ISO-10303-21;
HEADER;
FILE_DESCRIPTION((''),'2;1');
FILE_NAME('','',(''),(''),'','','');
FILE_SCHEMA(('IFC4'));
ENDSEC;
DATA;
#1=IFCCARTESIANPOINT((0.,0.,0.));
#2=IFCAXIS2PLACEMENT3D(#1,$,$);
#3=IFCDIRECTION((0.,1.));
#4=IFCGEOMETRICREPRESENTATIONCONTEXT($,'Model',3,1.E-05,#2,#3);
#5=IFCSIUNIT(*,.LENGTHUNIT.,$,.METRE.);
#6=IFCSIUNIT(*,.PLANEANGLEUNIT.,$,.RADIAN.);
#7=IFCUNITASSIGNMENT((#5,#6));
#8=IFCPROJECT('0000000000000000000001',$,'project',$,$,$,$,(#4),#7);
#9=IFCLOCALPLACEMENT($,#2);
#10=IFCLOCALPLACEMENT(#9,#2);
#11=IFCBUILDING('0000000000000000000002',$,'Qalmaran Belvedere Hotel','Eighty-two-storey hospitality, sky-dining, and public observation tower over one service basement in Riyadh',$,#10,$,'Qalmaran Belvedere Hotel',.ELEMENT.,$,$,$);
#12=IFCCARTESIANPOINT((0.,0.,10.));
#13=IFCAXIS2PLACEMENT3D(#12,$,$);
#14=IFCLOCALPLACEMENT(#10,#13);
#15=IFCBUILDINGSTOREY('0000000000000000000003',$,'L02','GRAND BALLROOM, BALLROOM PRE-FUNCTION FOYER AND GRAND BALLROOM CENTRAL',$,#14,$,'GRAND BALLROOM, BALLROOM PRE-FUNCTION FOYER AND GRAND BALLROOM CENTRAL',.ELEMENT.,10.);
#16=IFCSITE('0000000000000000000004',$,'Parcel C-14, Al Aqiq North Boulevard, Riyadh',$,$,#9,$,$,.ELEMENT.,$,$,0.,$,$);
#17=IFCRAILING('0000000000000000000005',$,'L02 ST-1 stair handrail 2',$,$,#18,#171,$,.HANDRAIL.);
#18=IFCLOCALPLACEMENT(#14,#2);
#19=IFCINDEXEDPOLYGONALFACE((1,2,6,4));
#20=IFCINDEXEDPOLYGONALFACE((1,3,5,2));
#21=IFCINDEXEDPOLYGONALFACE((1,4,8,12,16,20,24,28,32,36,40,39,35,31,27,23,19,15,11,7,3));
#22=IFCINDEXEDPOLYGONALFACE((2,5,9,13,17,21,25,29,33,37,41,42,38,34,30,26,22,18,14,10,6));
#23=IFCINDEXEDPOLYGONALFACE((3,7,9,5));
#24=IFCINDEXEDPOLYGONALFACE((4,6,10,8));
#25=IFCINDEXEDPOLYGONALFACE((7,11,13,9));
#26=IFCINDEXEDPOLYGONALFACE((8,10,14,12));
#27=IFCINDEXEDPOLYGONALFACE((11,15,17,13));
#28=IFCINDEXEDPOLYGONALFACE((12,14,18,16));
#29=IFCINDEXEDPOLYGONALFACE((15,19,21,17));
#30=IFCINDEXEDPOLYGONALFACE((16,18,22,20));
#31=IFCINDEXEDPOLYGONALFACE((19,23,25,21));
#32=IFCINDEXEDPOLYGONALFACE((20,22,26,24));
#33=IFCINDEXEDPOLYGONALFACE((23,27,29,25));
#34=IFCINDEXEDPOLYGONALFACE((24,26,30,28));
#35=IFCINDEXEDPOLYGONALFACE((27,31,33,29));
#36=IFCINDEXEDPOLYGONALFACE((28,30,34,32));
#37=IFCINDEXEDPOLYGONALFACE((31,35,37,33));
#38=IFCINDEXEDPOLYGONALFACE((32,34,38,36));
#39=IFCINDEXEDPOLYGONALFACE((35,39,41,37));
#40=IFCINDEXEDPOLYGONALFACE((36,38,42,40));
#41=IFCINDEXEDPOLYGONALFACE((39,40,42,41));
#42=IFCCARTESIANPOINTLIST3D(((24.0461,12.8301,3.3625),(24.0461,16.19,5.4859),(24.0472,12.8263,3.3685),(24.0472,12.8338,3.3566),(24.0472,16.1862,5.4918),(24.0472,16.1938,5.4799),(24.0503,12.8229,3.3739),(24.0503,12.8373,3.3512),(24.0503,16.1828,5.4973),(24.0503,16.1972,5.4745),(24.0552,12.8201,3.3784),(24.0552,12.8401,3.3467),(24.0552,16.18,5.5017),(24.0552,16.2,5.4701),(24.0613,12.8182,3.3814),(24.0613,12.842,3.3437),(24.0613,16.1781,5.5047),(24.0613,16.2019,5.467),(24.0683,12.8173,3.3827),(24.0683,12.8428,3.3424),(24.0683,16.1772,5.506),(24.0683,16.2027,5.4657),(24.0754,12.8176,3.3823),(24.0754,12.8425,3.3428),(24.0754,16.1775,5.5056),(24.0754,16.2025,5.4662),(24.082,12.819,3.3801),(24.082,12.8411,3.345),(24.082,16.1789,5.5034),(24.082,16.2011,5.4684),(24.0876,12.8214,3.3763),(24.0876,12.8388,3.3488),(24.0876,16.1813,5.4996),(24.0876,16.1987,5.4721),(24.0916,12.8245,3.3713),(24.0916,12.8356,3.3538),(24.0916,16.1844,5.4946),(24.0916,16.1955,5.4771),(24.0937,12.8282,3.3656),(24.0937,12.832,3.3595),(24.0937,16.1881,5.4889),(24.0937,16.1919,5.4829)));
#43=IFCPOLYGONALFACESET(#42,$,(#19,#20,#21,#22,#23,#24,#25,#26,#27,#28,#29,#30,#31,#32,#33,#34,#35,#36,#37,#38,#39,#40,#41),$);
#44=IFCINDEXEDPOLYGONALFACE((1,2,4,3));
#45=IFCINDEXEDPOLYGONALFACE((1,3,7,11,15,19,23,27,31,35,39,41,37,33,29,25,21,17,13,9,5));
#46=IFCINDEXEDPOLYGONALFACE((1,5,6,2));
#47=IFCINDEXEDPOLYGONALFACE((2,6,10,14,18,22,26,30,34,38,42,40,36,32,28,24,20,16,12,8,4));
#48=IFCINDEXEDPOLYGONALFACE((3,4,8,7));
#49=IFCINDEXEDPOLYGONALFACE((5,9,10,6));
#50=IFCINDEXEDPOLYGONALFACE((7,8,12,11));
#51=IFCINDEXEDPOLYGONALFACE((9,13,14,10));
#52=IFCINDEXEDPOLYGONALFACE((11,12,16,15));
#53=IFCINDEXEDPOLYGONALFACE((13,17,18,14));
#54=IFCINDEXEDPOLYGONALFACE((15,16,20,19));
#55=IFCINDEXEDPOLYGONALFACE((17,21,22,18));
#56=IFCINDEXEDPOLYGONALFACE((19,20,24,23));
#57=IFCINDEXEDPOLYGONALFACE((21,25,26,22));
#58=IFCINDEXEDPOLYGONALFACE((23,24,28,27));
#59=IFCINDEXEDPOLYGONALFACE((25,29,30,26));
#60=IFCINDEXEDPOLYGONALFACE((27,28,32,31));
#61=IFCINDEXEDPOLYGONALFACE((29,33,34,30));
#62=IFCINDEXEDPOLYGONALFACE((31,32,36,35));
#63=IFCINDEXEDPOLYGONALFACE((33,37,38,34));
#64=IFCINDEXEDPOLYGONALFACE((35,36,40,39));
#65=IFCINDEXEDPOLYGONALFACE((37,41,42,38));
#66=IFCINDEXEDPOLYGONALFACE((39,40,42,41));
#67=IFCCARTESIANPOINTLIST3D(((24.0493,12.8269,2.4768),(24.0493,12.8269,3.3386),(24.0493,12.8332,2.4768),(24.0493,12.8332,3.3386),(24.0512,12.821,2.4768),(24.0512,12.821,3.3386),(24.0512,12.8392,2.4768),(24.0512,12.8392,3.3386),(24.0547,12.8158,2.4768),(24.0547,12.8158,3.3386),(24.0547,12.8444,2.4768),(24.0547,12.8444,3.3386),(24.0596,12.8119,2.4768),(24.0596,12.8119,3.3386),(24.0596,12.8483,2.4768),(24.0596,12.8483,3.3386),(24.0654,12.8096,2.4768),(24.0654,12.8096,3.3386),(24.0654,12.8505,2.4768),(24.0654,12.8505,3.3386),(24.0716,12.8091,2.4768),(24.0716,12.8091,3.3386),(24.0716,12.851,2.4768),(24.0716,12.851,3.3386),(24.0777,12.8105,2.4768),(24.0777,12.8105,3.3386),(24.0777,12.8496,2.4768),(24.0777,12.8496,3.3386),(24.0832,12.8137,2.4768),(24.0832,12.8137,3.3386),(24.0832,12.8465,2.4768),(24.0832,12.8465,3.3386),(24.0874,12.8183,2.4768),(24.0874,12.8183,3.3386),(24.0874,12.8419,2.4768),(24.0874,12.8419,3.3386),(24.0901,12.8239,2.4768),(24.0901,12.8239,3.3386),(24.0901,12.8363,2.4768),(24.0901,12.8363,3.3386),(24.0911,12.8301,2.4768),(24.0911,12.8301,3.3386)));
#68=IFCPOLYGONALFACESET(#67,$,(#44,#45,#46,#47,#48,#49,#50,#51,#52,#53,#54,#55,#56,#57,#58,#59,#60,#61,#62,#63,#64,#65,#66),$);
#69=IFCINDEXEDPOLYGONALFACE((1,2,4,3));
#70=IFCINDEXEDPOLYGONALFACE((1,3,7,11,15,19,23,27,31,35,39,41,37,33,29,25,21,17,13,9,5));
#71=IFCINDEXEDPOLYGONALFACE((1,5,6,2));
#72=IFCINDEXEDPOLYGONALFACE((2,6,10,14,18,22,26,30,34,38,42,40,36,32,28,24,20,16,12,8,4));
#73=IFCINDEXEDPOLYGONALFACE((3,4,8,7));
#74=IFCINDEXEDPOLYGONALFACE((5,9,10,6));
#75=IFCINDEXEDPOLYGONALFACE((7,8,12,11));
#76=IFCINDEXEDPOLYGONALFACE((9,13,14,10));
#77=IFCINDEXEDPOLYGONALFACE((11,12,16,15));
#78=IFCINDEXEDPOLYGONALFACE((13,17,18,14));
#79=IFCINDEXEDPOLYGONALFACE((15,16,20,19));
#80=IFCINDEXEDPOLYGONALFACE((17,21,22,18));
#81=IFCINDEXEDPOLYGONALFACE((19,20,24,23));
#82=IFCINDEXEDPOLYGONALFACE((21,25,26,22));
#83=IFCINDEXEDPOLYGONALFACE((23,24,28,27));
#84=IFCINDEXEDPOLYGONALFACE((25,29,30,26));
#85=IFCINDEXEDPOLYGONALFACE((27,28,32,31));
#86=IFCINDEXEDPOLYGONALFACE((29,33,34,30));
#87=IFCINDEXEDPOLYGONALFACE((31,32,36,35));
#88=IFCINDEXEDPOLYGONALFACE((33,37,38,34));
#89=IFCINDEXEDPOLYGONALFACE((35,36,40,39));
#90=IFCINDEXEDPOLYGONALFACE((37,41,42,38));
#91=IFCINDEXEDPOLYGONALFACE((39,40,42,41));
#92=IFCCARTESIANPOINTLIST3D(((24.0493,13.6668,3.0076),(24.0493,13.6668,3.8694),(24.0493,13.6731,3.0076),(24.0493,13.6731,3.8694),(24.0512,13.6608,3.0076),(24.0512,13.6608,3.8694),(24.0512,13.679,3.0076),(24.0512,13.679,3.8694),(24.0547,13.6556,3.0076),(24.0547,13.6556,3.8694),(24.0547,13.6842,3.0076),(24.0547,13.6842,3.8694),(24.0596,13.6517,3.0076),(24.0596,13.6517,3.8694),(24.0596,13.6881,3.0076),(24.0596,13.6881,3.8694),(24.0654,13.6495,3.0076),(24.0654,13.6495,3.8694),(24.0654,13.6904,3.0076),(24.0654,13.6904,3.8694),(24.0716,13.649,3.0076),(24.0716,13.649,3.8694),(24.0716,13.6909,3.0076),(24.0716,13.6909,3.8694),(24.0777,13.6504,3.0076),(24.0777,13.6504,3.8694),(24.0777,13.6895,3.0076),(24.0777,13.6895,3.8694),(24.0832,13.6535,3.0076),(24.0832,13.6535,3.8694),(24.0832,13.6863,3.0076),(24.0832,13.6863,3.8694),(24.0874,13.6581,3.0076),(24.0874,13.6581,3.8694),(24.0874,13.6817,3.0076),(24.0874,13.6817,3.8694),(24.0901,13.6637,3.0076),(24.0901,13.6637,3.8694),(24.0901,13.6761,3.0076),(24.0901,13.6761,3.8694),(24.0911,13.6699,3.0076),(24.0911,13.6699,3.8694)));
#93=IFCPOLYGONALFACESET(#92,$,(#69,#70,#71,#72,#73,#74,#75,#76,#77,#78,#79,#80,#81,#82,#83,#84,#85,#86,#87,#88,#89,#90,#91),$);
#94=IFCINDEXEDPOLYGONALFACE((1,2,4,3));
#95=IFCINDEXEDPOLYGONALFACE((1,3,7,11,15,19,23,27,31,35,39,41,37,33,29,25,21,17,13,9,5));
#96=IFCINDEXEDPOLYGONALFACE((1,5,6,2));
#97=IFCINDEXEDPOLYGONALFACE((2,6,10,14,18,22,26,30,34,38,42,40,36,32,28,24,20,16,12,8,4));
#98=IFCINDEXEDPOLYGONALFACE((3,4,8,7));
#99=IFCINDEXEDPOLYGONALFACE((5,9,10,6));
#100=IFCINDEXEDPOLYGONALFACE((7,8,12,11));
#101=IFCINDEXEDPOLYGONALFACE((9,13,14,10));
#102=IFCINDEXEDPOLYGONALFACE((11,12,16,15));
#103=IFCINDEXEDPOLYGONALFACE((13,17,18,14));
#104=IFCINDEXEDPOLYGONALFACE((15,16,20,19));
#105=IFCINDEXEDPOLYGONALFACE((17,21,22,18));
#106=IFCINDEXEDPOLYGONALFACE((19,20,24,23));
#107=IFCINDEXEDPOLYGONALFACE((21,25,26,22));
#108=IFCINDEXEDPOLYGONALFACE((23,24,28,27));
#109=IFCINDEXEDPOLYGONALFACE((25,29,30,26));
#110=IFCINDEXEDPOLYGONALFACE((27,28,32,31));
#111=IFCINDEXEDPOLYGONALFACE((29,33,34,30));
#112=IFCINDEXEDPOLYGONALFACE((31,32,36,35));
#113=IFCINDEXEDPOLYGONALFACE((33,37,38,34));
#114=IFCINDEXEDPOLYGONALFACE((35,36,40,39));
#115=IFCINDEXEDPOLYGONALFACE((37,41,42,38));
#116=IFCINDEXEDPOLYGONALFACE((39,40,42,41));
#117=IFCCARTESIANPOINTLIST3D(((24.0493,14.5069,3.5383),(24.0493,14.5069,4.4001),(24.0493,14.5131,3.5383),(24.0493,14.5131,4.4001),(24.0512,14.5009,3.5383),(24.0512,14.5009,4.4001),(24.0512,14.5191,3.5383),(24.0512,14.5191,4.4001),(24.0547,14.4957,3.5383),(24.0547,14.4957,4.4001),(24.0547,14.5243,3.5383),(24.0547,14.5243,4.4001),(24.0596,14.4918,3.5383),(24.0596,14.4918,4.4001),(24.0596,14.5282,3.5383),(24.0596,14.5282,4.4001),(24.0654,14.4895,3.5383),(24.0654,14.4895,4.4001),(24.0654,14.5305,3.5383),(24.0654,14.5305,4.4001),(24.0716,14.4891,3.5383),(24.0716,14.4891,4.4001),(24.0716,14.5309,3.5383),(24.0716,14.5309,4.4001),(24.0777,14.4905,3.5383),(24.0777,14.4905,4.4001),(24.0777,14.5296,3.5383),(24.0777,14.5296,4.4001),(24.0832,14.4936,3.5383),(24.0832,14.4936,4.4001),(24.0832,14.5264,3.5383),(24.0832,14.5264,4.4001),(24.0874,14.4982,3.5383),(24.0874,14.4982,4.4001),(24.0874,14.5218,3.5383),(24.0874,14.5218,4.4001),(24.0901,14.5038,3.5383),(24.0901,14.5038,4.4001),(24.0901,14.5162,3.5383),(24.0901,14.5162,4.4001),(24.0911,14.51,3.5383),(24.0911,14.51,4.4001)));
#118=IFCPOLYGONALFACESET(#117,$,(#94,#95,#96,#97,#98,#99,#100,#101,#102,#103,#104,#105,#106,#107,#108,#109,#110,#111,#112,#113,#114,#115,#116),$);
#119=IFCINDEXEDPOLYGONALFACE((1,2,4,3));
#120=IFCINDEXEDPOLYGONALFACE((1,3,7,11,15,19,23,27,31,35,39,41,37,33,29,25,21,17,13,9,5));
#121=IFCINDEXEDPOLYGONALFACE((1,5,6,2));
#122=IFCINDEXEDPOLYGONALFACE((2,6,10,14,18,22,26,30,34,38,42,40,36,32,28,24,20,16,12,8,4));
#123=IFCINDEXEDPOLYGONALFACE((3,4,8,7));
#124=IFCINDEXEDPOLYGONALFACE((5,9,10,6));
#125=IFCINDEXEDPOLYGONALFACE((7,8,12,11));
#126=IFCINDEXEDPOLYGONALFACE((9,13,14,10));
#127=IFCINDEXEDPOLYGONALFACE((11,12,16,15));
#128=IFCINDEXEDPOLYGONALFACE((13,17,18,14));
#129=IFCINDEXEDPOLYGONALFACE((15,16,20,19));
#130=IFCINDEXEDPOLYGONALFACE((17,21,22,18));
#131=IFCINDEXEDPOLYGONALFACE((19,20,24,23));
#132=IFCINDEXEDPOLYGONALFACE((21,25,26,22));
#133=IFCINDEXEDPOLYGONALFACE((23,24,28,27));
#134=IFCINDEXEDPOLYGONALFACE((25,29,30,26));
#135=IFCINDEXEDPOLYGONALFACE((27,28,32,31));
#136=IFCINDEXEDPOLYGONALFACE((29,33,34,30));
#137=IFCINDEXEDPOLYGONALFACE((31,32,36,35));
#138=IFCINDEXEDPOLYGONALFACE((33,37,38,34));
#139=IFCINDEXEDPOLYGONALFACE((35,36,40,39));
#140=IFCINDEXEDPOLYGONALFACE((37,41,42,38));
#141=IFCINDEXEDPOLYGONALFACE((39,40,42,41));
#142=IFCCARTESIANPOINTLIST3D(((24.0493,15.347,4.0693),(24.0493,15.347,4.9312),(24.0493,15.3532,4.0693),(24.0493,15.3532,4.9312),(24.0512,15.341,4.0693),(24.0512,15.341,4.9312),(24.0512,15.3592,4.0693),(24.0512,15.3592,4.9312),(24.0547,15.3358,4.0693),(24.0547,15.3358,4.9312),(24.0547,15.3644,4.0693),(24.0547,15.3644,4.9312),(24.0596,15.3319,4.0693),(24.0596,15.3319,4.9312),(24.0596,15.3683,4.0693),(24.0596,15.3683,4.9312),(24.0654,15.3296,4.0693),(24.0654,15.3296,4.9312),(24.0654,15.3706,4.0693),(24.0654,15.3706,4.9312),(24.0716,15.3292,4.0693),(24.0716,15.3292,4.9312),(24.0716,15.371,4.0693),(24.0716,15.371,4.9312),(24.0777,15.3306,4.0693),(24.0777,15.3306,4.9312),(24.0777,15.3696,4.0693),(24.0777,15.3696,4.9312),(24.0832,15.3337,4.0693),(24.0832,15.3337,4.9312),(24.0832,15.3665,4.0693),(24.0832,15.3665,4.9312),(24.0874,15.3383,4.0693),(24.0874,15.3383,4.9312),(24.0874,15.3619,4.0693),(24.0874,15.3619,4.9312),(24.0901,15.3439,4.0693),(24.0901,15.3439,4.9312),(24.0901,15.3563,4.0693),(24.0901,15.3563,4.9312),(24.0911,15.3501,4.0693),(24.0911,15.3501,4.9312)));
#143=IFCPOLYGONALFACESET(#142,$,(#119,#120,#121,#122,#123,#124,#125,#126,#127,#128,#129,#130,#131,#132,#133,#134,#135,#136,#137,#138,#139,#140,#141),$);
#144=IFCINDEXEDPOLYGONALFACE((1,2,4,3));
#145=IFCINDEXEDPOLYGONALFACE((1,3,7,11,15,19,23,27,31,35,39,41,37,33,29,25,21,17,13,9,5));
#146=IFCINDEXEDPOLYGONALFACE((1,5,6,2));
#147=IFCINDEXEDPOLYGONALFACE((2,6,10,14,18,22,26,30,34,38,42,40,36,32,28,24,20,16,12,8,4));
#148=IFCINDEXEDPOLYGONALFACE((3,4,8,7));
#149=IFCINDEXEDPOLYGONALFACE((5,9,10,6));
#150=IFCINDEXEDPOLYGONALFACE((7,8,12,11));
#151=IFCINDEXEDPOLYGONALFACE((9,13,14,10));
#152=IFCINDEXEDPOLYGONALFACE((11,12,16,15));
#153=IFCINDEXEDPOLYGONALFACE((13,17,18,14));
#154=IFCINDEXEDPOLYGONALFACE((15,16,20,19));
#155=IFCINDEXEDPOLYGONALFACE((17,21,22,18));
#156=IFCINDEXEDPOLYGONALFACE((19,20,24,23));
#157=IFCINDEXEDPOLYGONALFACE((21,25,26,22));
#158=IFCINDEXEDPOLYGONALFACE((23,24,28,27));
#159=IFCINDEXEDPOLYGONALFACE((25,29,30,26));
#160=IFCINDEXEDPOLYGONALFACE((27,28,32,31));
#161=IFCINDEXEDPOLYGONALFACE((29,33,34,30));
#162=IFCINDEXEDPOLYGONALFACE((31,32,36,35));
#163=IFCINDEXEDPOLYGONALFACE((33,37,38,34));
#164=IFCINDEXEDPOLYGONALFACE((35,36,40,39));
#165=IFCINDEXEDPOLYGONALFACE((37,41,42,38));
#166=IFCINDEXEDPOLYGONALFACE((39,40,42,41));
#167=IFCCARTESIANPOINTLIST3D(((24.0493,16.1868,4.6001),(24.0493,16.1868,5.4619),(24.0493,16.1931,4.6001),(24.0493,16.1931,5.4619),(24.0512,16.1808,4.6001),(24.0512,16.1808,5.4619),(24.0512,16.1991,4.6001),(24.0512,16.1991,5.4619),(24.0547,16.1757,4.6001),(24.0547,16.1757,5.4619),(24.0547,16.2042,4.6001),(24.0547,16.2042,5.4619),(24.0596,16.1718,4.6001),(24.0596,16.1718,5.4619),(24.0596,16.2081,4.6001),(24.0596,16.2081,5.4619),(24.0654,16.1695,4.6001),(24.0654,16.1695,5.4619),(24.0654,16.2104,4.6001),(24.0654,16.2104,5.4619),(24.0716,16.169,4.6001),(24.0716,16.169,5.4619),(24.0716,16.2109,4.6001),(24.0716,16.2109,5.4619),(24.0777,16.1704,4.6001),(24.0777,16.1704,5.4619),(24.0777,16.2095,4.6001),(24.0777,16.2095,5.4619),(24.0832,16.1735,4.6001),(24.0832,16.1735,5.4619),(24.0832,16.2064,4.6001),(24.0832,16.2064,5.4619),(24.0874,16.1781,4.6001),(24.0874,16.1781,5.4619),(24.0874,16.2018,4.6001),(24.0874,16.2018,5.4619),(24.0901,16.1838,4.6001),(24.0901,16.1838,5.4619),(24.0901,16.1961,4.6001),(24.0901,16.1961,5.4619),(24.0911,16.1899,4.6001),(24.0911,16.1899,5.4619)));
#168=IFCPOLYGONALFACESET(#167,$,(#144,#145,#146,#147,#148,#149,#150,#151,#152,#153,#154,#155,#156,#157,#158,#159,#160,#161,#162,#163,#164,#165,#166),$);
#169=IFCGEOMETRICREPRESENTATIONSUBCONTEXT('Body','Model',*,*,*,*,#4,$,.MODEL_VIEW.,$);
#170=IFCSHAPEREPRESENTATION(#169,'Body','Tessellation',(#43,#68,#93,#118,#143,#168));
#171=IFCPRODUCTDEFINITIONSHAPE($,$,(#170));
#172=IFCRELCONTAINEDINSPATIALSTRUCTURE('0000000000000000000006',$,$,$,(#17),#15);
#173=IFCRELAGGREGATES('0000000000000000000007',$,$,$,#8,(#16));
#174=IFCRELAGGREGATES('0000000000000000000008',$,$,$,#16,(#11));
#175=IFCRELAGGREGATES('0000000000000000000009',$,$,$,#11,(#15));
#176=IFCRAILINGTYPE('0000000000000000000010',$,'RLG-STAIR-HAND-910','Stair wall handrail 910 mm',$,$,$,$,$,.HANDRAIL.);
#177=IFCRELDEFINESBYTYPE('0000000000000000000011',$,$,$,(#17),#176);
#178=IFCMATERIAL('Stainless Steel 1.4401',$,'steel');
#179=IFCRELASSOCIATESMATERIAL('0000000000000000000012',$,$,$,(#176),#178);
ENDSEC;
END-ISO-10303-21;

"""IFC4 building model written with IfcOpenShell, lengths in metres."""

from ifc_helpers import new_model, si_unit, direction, frame, origin, origin_2d, place, context, subcontext, project, spatial, circle, extrude, material, type_object, element, save


model = new_model("IFC4")

# Units and contexts
model_context = context("Model", 3, precision=1e-05, world=origin(), true_north=direction((0.0, 1.0)))
body_context = subcontext(model_context, "Body", "Model", "MODEL_VIEW")
ifc_project = project(units=[si_unit("LENGTHUNIT", "METRE"), si_unit("PLANEANGLEUNIT", "RADIAN")], contexts=[model_context])

# Site, building, storey
site_placement = place(None, origin())
site = spatial("IfcSite", under=ifc_project, at=site_placement, Name="Parcel C-14, Al Aqiq North Boulevard, Riyadh", CompositionType="ELEMENT", RefElevation=0.0)
building_placement = place(site_placement, origin())
building = spatial("IfcBuilding", under=site, at=building_placement, Name="Qalmaran Belvedere Hotel", Description="Eighty-two-storey hospitality, sky-dining, and public observation tower over one service basement in Riyadh", LongName="Qalmaran Belvedere Hotel", CompositionType="ELEMENT")
storey_placement = place(building_placement, frame((0.0, 0.0, 10.0)))
storey = spatial("IfcBuildingStorey", under=building, at=storey_placement, Name="L02", Description="GRAND BALLROOM, BALLROOM PRE-FUNCTION FOYER AND GRAND BALLROOM CENTRAL", LongName="GRAND BALLROOM, BALLROOM PRE-FUNCTION FOYER AND GRAND BALLROOM CENTRAL", CompositionType="ELEMENT", Elevation=10.0)

# Shared definitions
ifc_material_1 = material(Name="Stainless Steel 1.4401", Category="steel")

# Railing
railing_type_1 = type_object("IfcRailingType", Name="RLG-STAIR-HAND-910", Description="Stair wall handrail 910 mm", PredefinedType="HANDRAIL", material=ifc_material_1)
railing_1_placement = place(storey_placement, frame((24.0701, 12.8301, 2.4768)))
element("IfcRailing", 1, at=railing_1_placement, inside=storey, type_object=railing_type_1, Name="L02 ST-1 stair handrail 2", PredefinedType="HANDRAIL", context=body_context, shape_type="SweptSolid", body=[
    extrude(circle(Radius=0.0239, at=origin_2d()), frame((0.0, 0.0, 0.8857), z_axis=(0.0, 0.845344, 0.534222), x_axis=(-1.0, 0.0, 0.0)), (0.0, 0.0, 1.0), 3.9746),
    extrude(circle(Radius=0.021, at=origin_2d()), origin(), (0.0, 0.0, 1.0), 0.8618),
    extrude(circle(Radius=0.021, at=origin_2d()), frame((0.0, 0.8398, 0.5308)), (0.0, 0.0, 1.0), 0.8618),
    extrude(circle(Radius=0.021, at=origin_2d()), frame((0.0, 1.6799, 1.0615)), (0.0, 0.0, 1.0), 0.8618),
    extrude(circle(Radius=0.021, at=origin_2d()), frame((0.0, 2.52, 1.5925)), (0.0, 0.0, 1.0), 0.8618),
    extrude(circle(Radius=0.021, at=origin_2d()), frame((0.0, 3.3599, 2.1233)), (0.0, 0.0, 1.0), 0.8618),
])

save(model, "model.ifc")
